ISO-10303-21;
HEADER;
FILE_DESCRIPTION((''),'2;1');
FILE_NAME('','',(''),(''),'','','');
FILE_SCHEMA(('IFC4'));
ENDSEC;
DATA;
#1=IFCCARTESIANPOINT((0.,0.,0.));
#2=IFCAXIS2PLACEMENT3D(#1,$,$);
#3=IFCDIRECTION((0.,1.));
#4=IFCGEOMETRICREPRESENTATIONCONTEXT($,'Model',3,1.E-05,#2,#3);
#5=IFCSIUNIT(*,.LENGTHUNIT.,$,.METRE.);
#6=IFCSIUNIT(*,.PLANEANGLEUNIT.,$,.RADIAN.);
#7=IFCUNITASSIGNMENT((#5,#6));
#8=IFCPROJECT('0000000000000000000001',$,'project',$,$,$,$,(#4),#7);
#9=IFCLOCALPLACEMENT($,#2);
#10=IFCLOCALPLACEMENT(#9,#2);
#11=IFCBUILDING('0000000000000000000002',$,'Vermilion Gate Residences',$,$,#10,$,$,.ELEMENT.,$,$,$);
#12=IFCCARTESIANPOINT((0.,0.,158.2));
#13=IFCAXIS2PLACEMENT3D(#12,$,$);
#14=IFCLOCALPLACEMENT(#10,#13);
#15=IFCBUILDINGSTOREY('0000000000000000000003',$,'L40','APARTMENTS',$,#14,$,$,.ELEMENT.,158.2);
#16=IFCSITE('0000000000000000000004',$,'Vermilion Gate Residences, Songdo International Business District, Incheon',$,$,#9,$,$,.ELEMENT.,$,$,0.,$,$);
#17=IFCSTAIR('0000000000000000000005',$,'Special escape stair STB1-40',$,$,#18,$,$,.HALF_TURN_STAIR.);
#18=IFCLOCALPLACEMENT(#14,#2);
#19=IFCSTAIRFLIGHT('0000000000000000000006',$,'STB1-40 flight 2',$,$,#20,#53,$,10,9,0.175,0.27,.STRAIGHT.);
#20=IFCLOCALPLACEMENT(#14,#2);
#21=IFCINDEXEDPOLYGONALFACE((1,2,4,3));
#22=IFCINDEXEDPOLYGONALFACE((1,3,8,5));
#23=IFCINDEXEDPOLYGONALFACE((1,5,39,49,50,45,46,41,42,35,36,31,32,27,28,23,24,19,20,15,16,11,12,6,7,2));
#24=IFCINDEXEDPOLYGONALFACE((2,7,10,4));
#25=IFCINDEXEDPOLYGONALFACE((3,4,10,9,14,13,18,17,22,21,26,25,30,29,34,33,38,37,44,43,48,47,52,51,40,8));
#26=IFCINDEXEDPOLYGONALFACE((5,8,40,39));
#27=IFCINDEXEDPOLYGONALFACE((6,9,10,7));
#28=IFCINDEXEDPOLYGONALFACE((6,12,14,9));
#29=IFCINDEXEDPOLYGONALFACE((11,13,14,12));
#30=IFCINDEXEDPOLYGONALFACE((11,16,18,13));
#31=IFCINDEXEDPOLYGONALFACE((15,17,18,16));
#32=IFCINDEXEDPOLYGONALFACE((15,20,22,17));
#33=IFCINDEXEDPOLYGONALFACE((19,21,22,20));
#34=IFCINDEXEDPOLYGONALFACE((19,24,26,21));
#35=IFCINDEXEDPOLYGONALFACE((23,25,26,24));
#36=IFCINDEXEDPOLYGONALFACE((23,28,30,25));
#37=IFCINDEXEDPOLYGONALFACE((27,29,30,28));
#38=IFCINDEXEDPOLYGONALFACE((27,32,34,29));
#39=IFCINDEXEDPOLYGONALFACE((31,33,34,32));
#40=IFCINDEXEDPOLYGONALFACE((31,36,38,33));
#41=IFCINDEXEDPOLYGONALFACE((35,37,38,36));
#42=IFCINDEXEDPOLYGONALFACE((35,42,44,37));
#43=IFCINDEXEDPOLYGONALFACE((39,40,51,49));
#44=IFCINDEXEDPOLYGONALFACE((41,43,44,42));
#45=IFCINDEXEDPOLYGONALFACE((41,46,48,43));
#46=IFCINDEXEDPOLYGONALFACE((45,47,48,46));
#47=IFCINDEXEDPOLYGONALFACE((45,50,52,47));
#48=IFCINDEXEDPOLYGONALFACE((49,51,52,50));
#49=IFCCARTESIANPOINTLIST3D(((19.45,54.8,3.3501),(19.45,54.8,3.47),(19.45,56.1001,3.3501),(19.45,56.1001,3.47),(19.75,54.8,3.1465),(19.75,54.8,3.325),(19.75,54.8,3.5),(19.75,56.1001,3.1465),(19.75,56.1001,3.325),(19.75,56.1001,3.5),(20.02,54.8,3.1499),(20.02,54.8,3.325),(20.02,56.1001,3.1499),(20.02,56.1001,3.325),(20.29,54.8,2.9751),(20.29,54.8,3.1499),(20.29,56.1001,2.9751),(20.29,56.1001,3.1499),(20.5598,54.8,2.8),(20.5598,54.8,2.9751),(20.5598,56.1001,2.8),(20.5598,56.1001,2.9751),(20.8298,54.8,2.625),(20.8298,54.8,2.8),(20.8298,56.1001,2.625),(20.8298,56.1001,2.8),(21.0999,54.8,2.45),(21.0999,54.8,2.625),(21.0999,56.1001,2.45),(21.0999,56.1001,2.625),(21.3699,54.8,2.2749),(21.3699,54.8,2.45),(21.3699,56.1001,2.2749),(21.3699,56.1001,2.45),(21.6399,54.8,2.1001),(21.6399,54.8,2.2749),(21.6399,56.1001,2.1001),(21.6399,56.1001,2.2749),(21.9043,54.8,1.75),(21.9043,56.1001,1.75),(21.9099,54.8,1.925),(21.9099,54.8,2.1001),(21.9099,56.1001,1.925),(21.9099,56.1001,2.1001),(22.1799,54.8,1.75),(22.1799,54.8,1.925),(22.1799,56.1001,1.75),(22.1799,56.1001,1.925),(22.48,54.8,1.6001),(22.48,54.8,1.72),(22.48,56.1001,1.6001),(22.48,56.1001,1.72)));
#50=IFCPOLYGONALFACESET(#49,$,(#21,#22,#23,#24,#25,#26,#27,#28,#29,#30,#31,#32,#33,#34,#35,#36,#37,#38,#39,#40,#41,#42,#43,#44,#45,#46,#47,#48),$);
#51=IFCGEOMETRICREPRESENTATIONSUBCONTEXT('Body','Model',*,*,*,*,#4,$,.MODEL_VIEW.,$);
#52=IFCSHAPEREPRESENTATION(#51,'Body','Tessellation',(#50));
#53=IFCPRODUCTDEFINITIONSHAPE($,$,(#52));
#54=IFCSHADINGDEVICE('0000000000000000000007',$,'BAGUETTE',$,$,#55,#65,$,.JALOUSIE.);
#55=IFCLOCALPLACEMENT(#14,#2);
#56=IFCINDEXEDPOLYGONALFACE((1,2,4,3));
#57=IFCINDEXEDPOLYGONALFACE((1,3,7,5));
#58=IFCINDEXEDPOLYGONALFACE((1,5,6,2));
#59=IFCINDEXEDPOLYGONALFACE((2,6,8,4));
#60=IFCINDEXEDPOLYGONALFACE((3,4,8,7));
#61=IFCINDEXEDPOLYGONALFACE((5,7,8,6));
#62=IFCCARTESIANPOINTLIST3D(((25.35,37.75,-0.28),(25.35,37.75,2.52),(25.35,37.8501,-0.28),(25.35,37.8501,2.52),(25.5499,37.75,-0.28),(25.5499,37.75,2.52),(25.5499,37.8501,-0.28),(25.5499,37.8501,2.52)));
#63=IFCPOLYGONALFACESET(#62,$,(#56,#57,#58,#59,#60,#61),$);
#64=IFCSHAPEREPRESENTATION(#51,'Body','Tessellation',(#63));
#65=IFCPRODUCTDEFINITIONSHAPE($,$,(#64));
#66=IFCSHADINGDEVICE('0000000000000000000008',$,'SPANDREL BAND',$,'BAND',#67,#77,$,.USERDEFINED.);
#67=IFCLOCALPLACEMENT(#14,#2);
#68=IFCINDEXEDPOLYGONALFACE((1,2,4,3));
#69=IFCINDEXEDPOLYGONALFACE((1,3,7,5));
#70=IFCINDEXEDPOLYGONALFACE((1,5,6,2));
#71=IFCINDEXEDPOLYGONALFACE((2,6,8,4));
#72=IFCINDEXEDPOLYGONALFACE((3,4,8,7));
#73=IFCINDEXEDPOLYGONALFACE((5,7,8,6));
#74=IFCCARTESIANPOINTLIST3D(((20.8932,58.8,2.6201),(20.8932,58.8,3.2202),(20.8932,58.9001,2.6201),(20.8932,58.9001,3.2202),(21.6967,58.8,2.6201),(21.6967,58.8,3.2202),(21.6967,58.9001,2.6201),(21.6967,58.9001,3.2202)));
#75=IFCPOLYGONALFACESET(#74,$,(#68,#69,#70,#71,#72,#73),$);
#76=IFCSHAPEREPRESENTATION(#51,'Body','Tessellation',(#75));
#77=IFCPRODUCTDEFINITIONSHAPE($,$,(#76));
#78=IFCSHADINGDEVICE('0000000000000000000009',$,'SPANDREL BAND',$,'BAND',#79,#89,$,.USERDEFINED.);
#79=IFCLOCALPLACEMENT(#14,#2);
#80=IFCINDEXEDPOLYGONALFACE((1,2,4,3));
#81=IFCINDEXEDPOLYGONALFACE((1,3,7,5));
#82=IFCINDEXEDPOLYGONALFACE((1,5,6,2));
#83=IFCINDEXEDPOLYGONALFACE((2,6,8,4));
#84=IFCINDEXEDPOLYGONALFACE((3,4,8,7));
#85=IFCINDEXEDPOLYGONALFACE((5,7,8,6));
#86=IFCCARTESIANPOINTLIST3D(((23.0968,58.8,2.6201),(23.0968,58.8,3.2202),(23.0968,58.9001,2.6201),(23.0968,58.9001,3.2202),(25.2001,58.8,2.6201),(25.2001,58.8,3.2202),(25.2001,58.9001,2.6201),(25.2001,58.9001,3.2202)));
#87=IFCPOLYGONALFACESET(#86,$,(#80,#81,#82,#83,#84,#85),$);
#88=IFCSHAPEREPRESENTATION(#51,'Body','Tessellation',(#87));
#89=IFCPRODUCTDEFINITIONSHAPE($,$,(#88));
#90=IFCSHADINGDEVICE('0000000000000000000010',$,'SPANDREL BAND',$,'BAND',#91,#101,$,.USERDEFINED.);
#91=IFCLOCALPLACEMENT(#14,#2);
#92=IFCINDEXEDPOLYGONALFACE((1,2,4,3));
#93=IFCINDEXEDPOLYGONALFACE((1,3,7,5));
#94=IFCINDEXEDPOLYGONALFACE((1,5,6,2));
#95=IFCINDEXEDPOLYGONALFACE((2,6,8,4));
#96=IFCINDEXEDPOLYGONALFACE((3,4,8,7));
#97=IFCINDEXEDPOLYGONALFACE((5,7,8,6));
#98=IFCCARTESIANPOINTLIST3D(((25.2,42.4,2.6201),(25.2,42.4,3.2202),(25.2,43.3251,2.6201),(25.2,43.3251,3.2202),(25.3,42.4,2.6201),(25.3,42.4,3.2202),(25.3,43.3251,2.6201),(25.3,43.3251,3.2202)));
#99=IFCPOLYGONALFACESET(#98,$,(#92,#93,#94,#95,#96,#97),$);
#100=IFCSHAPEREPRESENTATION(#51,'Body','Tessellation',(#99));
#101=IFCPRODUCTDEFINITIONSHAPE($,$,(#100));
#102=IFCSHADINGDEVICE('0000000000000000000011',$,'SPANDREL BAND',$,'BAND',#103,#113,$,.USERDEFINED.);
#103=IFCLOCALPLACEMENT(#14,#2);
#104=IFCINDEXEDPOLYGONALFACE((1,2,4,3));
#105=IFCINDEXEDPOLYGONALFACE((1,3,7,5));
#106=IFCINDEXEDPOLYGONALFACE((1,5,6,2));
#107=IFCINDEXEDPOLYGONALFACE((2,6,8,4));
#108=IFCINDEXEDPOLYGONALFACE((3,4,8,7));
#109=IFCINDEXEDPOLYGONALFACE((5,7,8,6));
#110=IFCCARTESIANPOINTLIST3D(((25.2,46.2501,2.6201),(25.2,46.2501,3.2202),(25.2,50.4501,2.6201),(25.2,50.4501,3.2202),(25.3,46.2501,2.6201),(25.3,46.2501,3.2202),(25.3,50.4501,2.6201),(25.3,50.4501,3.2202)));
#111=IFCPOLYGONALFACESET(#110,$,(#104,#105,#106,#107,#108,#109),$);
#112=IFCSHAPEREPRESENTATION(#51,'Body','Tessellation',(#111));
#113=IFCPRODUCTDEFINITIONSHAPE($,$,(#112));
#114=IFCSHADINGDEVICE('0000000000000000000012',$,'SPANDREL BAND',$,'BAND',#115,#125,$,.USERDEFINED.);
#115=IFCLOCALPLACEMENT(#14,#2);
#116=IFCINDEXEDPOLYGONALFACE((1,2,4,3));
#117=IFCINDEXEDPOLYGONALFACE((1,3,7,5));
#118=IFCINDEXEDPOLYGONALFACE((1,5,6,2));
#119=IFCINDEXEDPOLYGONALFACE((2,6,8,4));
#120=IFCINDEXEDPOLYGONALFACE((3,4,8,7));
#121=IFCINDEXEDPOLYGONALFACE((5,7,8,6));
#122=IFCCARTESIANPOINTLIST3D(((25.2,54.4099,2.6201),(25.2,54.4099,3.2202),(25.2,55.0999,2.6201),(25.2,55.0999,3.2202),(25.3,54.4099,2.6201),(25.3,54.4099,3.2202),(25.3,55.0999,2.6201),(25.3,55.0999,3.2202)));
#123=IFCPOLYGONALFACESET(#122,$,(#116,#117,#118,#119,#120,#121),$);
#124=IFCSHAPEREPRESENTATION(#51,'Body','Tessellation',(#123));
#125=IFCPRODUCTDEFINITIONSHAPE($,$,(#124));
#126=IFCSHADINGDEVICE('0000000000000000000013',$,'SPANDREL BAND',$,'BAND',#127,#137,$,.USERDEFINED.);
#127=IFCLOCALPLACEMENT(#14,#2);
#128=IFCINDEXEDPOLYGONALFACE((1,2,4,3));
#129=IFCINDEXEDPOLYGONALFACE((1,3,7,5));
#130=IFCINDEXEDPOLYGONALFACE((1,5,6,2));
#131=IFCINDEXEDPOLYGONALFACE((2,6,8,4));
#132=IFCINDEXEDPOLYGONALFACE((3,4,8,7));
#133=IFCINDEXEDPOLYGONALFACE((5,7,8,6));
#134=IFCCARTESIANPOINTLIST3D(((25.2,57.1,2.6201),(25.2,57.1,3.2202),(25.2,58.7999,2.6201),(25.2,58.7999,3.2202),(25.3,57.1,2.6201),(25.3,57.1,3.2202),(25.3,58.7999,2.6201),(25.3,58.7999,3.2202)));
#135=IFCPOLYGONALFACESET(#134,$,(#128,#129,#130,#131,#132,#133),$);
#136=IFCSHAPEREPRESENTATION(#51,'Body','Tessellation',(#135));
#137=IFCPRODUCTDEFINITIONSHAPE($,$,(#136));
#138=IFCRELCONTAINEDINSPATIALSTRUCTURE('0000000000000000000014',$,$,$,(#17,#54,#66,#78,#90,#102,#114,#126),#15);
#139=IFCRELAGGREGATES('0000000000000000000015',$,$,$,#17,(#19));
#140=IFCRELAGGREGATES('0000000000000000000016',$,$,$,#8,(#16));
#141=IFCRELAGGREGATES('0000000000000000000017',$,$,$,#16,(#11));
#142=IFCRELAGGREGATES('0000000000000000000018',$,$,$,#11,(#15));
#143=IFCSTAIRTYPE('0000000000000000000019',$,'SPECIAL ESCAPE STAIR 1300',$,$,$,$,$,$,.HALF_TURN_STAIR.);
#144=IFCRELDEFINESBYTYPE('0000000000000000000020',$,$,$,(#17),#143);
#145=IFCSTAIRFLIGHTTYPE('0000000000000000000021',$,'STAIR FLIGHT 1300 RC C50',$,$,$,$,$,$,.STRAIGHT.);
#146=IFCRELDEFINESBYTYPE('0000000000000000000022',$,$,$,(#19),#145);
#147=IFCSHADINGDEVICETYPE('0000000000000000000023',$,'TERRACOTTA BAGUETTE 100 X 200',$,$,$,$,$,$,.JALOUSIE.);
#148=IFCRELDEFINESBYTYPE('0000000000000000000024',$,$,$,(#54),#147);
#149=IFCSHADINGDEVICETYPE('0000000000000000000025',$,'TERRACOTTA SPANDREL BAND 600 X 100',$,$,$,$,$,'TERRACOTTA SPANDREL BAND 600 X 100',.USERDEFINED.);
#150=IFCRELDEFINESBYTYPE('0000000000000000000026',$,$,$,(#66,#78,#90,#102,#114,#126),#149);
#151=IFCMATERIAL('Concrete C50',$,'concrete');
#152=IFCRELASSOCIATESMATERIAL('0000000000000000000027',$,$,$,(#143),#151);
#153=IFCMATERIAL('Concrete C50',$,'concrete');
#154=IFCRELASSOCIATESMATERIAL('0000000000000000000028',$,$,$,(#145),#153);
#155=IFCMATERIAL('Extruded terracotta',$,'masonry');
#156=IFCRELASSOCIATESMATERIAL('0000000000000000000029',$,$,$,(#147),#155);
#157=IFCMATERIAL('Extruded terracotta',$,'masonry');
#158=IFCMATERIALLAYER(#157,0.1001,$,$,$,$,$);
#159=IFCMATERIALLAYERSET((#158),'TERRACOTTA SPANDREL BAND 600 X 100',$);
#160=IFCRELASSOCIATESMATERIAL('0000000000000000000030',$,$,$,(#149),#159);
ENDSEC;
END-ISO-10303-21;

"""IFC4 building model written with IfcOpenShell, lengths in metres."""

from ifc_helpers import new_model, si_unit, direction, frame, origin, origin_2d, place, context, subcontext, project, spatial, polyline, rectangle, outline, extrude, material, layer, layer_set, material_profile, profile_set, type_object, element, aggregate, save


model = new_model("IFC4")

# Units and contexts
model_context = context("Model", 3, precision=1e-05, world=origin(), true_north=direction((0.0, 1.0)))
body_context = subcontext(model_context, "Body", "Model", "MODEL_VIEW")
ifc_project = project(units=[si_unit("LENGTHUNIT", "METRE"), si_unit("PLANEANGLEUNIT", "RADIAN")], contexts=[model_context])

# Site, building, storey
site_placement = place(None, origin())
site = spatial("IfcSite", under=ifc_project, at=site_placement, Name="Vermilion Gate Residences, Songdo International Business District, Incheon", CompositionType="ELEMENT", RefElevation=0.0)
building_placement = place(site_placement, origin())
building = spatial("IfcBuilding", under=site, at=building_placement, Name="Vermilion Gate Residences", CompositionType="ELEMENT")
storey_placement = place(building_placement, frame((0.0, 0.0, 158.2)))
storey = spatial("IfcBuildingStorey", under=building, at=storey_placement, Name="L40", Description="APARTMENTS", CompositionType="ELEMENT", Elevation=158.2)

# Stair, stair flight
ifc_material_1 = material(Name="Concrete C50", Category="concrete")
stair_type = type_object("IfcStairType", Name="SPECIAL ESCAPE STAIR 1300", PredefinedType="HALF_TURN_STAIR", material=ifc_material_1)
stair_placement = place(storey_placement, origin())
stair = element("IfcStair", 1, at=stair_placement, inside=storey, type_object=stair_type, Name="Special escape stair STB1-40", PredefinedType="HALF_TURN_STAIR")
ifc_material_2 = material(Name="Concrete C50", Category="concrete")
stair_flight_type = type_object("IfcStairFlightType", Name="STAIR FLIGHT 1300 RC C50", PredefinedType="STRAIGHT", material=ifc_material_2)
stair_flight_placement = place(storey_placement, frame((22.1799, 55.45, 1.75), z_axis=(0.0, 0.0, 1.0), x_axis=(-1.0, 0.0, 0.0)))
stair_flight = element("IfcStairFlight", 2, at=stair_flight_placement, type_object=stair_flight_type, Name="STB1-40 flight 2", NumberOfRisers=10, NumberOfTreads=9, PredefinedType="STRAIGHT", RiserHeight=0.175, TreadLength=0.27, context=body_context, shape_type="SweptSolid", body=[
    extrude(outline(polyline([(-0.3, -0.1499), (-0.3, -0.03), (0.0, 0.0), (0.0, 0.175), (0.27, 0.175), (0.27, 0.3501), (0.54, 0.3501), (0.54, 0.5249), (0.8101, 0.5249), (0.8101, 0.7), (1.0801, 0.7), (1.0801, 0.875), (1.3501, 0.875), (1.3501, 1.05), (1.6201, 1.05), (1.6201, 1.2251), (1.8899, 1.2251), (1.8899, 1.3999), (2.1599, 1.3999), (2.1599, 1.575), (2.4299, 1.575), (2.4299, 1.75), (2.73, 1.72), (2.73, 1.6001), (2.4299, 1.3965), (0.2756, 0.0), (-0.3, -0.1499)])), frame((0.0, 0.6499, 0.0), z_axis=(0.0, -1.0, 0.0), x_axis=(1.0, 0.0, 0.0)), (0.0, 0.0, 1.0), 1.3),
])
aggregate(stair, [stair_flight])

# Shading devices
ifc_material_3 = material(Name="Extruded terracotta", Category="masonry")
ifc_material_profile_1 = material_profile(ifc_material_3, rectangle(XDim=0.2, YDim=0.1001, at=origin_2d()), Name="BAGUETTE 100 X 200")
ifc_profile_set_1 = profile_set([ifc_material_profile_1], Name="Extruded terracotta")
shading_device_type_1 = type_object("IfcShadingDeviceType", Name="TERRACOTTA BAGUETTE 100 X 200", PredefinedType="JALOUSIE", material=ifc_profile_set_1)
shading_device_1_placement = place(storey_placement, frame((25.45, 37.8, -0.28), z_axis=(0.0, 0.0, 1.0), x_axis=(-1.0, 0.0, 0.0)))
element("IfcShadingDevice", 3, at=shading_device_1_placement, inside=storey, type_object=shading_device_type_1, Name="BAGUETTE", PredefinedType="JALOUSIE", context=body_context, shape_type="SweptSolid", body=[
    extrude(rectangle(XDim=0.2, YDim=0.1001, at=origin_2d()), origin(), (0.0, 0.0, 1.0), 2.8),
])
ifc_material_4 = material(Name="Extruded terracotta", Category="masonry")
ifc_layer_1 = layer(ifc_material_4, 0.1001)
ifc_layer_set_1 = layer_set([ifc_layer_1], Name="TERRACOTTA SPANDREL BAND 600 X 100")
shading_device_type_2 = type_object("IfcShadingDeviceType", Name="TERRACOTTA SPANDREL BAND 600 X 100", ElementType="TERRACOTTA SPANDREL BAND 600 X 100", PredefinedType="USERDEFINED", material=ifc_layer_set_1)
shading_device_2_placement = place(storey_placement, frame((21.2949, 58.8501, 2.6201), z_axis=(0.0, 0.0, 1.0), x_axis=(1.0, 0.0, 0.0)))
element("IfcShadingDevice", 4, at=shading_device_2_placement, inside=storey, type_object=shading_device_type_2, Name="SPANDREL BAND", ObjectType="BAND", PredefinedType="USERDEFINED", context=body_context, shape_type="SweptSolid", body=[
    extrude(rectangle(XDim=0.8035, YDim=0.1001, at=origin_2d()), origin(), (0.0, 0.0, 1.0), 0.6001),
])
shading_device_3_placement = place(storey_placement, frame((24.1484, 58.8501, 2.6201), z_axis=(0.0, 0.0, 1.0), x_axis=(1.0, 0.0, 0.0)))
element("IfcShadingDevice", 5, at=shading_device_3_placement, inside=storey, type_object=shading_device_type_2, Name="SPANDREL BAND", ObjectType="BAND", PredefinedType="USERDEFINED", context=body_context, shape_type="SweptSolid", body=[
    extrude(rectangle(XDim=2.1033, YDim=0.1001, at=origin_2d()), origin(), (0.0, 0.0, 1.0), 0.6001),
])
shading_device_4_placement = place(storey_placement, frame((25.25, 42.8625, 2.6201), z_axis=(0.0, 0.0, 1.0), x_axis=(0.0, 1.0, 0.0)))
element("IfcShadingDevice", 6, at=shading_device_4_placement, inside=storey, type_object=shading_device_type_2, Name="SPANDREL BAND", ObjectType="BAND", PredefinedType="USERDEFINED", context=body_context, shape_type="SweptSolid", body=[
    extrude(rectangle(XDim=0.925, YDim=0.1001, at=origin_2d()), origin(), (0.0, 0.0, 1.0), 0.6001),
])
shading_device_5_placement = place(storey_placement, frame((25.25, 48.3501, 2.6201), z_axis=(0.0, 0.0, 1.0), x_axis=(0.0, 1.0, 0.0)))
element("IfcShadingDevice", 7, at=shading_device_5_placement, inside=storey, type_object=shading_device_type_2, Name="SPANDREL BAND", ObjectType="BAND", PredefinedType="USERDEFINED", context=body_context, shape_type="SweptSolid", body=[
    extrude(rectangle(XDim=4.2, YDim=0.1001, at=origin_2d()), origin(), (0.0, 0.0, 1.0), 0.6001),
])
shading_device_6_placement = place(storey_placement, frame((25.25, 54.7549, 2.6201), z_axis=(0.0, 0.0, 1.0), x_axis=(0.0, 1.0, 0.0)))
element("IfcShadingDevice", 8, at=shading_device_6_placement, inside=storey, type_object=shading_device_type_2, Name="SPANDREL BAND", ObjectType="BAND", PredefinedType="USERDEFINED", context=body_context, shape_type="SweptSolid", body=[
    extrude(rectangle(XDim=0.6899, YDim=0.1001, at=origin_2d()), origin(), (0.0, 0.0, 1.0), 0.6001),
])
shading_device_7_placement = place(storey_placement, frame((25.25, 57.95, 2.6201), z_axis=(0.0, 0.0, 1.0), x_axis=(0.0, 1.0, 0.0)))
element("IfcShadingDevice", 9, at=shading_device_7_placement, inside=storey, type_object=shading_device_type_2, Name="SPANDREL BAND", ObjectType="BAND", PredefinedType="USERDEFINED", context=body_context, shape_type="SweptSolid", body=[
    extrude(rectangle(XDim=1.7, YDim=0.1001, at=origin_2d()), origin(), (0.0, 0.0, 1.0), 0.6001),
])

save(model, "model.ifc")
